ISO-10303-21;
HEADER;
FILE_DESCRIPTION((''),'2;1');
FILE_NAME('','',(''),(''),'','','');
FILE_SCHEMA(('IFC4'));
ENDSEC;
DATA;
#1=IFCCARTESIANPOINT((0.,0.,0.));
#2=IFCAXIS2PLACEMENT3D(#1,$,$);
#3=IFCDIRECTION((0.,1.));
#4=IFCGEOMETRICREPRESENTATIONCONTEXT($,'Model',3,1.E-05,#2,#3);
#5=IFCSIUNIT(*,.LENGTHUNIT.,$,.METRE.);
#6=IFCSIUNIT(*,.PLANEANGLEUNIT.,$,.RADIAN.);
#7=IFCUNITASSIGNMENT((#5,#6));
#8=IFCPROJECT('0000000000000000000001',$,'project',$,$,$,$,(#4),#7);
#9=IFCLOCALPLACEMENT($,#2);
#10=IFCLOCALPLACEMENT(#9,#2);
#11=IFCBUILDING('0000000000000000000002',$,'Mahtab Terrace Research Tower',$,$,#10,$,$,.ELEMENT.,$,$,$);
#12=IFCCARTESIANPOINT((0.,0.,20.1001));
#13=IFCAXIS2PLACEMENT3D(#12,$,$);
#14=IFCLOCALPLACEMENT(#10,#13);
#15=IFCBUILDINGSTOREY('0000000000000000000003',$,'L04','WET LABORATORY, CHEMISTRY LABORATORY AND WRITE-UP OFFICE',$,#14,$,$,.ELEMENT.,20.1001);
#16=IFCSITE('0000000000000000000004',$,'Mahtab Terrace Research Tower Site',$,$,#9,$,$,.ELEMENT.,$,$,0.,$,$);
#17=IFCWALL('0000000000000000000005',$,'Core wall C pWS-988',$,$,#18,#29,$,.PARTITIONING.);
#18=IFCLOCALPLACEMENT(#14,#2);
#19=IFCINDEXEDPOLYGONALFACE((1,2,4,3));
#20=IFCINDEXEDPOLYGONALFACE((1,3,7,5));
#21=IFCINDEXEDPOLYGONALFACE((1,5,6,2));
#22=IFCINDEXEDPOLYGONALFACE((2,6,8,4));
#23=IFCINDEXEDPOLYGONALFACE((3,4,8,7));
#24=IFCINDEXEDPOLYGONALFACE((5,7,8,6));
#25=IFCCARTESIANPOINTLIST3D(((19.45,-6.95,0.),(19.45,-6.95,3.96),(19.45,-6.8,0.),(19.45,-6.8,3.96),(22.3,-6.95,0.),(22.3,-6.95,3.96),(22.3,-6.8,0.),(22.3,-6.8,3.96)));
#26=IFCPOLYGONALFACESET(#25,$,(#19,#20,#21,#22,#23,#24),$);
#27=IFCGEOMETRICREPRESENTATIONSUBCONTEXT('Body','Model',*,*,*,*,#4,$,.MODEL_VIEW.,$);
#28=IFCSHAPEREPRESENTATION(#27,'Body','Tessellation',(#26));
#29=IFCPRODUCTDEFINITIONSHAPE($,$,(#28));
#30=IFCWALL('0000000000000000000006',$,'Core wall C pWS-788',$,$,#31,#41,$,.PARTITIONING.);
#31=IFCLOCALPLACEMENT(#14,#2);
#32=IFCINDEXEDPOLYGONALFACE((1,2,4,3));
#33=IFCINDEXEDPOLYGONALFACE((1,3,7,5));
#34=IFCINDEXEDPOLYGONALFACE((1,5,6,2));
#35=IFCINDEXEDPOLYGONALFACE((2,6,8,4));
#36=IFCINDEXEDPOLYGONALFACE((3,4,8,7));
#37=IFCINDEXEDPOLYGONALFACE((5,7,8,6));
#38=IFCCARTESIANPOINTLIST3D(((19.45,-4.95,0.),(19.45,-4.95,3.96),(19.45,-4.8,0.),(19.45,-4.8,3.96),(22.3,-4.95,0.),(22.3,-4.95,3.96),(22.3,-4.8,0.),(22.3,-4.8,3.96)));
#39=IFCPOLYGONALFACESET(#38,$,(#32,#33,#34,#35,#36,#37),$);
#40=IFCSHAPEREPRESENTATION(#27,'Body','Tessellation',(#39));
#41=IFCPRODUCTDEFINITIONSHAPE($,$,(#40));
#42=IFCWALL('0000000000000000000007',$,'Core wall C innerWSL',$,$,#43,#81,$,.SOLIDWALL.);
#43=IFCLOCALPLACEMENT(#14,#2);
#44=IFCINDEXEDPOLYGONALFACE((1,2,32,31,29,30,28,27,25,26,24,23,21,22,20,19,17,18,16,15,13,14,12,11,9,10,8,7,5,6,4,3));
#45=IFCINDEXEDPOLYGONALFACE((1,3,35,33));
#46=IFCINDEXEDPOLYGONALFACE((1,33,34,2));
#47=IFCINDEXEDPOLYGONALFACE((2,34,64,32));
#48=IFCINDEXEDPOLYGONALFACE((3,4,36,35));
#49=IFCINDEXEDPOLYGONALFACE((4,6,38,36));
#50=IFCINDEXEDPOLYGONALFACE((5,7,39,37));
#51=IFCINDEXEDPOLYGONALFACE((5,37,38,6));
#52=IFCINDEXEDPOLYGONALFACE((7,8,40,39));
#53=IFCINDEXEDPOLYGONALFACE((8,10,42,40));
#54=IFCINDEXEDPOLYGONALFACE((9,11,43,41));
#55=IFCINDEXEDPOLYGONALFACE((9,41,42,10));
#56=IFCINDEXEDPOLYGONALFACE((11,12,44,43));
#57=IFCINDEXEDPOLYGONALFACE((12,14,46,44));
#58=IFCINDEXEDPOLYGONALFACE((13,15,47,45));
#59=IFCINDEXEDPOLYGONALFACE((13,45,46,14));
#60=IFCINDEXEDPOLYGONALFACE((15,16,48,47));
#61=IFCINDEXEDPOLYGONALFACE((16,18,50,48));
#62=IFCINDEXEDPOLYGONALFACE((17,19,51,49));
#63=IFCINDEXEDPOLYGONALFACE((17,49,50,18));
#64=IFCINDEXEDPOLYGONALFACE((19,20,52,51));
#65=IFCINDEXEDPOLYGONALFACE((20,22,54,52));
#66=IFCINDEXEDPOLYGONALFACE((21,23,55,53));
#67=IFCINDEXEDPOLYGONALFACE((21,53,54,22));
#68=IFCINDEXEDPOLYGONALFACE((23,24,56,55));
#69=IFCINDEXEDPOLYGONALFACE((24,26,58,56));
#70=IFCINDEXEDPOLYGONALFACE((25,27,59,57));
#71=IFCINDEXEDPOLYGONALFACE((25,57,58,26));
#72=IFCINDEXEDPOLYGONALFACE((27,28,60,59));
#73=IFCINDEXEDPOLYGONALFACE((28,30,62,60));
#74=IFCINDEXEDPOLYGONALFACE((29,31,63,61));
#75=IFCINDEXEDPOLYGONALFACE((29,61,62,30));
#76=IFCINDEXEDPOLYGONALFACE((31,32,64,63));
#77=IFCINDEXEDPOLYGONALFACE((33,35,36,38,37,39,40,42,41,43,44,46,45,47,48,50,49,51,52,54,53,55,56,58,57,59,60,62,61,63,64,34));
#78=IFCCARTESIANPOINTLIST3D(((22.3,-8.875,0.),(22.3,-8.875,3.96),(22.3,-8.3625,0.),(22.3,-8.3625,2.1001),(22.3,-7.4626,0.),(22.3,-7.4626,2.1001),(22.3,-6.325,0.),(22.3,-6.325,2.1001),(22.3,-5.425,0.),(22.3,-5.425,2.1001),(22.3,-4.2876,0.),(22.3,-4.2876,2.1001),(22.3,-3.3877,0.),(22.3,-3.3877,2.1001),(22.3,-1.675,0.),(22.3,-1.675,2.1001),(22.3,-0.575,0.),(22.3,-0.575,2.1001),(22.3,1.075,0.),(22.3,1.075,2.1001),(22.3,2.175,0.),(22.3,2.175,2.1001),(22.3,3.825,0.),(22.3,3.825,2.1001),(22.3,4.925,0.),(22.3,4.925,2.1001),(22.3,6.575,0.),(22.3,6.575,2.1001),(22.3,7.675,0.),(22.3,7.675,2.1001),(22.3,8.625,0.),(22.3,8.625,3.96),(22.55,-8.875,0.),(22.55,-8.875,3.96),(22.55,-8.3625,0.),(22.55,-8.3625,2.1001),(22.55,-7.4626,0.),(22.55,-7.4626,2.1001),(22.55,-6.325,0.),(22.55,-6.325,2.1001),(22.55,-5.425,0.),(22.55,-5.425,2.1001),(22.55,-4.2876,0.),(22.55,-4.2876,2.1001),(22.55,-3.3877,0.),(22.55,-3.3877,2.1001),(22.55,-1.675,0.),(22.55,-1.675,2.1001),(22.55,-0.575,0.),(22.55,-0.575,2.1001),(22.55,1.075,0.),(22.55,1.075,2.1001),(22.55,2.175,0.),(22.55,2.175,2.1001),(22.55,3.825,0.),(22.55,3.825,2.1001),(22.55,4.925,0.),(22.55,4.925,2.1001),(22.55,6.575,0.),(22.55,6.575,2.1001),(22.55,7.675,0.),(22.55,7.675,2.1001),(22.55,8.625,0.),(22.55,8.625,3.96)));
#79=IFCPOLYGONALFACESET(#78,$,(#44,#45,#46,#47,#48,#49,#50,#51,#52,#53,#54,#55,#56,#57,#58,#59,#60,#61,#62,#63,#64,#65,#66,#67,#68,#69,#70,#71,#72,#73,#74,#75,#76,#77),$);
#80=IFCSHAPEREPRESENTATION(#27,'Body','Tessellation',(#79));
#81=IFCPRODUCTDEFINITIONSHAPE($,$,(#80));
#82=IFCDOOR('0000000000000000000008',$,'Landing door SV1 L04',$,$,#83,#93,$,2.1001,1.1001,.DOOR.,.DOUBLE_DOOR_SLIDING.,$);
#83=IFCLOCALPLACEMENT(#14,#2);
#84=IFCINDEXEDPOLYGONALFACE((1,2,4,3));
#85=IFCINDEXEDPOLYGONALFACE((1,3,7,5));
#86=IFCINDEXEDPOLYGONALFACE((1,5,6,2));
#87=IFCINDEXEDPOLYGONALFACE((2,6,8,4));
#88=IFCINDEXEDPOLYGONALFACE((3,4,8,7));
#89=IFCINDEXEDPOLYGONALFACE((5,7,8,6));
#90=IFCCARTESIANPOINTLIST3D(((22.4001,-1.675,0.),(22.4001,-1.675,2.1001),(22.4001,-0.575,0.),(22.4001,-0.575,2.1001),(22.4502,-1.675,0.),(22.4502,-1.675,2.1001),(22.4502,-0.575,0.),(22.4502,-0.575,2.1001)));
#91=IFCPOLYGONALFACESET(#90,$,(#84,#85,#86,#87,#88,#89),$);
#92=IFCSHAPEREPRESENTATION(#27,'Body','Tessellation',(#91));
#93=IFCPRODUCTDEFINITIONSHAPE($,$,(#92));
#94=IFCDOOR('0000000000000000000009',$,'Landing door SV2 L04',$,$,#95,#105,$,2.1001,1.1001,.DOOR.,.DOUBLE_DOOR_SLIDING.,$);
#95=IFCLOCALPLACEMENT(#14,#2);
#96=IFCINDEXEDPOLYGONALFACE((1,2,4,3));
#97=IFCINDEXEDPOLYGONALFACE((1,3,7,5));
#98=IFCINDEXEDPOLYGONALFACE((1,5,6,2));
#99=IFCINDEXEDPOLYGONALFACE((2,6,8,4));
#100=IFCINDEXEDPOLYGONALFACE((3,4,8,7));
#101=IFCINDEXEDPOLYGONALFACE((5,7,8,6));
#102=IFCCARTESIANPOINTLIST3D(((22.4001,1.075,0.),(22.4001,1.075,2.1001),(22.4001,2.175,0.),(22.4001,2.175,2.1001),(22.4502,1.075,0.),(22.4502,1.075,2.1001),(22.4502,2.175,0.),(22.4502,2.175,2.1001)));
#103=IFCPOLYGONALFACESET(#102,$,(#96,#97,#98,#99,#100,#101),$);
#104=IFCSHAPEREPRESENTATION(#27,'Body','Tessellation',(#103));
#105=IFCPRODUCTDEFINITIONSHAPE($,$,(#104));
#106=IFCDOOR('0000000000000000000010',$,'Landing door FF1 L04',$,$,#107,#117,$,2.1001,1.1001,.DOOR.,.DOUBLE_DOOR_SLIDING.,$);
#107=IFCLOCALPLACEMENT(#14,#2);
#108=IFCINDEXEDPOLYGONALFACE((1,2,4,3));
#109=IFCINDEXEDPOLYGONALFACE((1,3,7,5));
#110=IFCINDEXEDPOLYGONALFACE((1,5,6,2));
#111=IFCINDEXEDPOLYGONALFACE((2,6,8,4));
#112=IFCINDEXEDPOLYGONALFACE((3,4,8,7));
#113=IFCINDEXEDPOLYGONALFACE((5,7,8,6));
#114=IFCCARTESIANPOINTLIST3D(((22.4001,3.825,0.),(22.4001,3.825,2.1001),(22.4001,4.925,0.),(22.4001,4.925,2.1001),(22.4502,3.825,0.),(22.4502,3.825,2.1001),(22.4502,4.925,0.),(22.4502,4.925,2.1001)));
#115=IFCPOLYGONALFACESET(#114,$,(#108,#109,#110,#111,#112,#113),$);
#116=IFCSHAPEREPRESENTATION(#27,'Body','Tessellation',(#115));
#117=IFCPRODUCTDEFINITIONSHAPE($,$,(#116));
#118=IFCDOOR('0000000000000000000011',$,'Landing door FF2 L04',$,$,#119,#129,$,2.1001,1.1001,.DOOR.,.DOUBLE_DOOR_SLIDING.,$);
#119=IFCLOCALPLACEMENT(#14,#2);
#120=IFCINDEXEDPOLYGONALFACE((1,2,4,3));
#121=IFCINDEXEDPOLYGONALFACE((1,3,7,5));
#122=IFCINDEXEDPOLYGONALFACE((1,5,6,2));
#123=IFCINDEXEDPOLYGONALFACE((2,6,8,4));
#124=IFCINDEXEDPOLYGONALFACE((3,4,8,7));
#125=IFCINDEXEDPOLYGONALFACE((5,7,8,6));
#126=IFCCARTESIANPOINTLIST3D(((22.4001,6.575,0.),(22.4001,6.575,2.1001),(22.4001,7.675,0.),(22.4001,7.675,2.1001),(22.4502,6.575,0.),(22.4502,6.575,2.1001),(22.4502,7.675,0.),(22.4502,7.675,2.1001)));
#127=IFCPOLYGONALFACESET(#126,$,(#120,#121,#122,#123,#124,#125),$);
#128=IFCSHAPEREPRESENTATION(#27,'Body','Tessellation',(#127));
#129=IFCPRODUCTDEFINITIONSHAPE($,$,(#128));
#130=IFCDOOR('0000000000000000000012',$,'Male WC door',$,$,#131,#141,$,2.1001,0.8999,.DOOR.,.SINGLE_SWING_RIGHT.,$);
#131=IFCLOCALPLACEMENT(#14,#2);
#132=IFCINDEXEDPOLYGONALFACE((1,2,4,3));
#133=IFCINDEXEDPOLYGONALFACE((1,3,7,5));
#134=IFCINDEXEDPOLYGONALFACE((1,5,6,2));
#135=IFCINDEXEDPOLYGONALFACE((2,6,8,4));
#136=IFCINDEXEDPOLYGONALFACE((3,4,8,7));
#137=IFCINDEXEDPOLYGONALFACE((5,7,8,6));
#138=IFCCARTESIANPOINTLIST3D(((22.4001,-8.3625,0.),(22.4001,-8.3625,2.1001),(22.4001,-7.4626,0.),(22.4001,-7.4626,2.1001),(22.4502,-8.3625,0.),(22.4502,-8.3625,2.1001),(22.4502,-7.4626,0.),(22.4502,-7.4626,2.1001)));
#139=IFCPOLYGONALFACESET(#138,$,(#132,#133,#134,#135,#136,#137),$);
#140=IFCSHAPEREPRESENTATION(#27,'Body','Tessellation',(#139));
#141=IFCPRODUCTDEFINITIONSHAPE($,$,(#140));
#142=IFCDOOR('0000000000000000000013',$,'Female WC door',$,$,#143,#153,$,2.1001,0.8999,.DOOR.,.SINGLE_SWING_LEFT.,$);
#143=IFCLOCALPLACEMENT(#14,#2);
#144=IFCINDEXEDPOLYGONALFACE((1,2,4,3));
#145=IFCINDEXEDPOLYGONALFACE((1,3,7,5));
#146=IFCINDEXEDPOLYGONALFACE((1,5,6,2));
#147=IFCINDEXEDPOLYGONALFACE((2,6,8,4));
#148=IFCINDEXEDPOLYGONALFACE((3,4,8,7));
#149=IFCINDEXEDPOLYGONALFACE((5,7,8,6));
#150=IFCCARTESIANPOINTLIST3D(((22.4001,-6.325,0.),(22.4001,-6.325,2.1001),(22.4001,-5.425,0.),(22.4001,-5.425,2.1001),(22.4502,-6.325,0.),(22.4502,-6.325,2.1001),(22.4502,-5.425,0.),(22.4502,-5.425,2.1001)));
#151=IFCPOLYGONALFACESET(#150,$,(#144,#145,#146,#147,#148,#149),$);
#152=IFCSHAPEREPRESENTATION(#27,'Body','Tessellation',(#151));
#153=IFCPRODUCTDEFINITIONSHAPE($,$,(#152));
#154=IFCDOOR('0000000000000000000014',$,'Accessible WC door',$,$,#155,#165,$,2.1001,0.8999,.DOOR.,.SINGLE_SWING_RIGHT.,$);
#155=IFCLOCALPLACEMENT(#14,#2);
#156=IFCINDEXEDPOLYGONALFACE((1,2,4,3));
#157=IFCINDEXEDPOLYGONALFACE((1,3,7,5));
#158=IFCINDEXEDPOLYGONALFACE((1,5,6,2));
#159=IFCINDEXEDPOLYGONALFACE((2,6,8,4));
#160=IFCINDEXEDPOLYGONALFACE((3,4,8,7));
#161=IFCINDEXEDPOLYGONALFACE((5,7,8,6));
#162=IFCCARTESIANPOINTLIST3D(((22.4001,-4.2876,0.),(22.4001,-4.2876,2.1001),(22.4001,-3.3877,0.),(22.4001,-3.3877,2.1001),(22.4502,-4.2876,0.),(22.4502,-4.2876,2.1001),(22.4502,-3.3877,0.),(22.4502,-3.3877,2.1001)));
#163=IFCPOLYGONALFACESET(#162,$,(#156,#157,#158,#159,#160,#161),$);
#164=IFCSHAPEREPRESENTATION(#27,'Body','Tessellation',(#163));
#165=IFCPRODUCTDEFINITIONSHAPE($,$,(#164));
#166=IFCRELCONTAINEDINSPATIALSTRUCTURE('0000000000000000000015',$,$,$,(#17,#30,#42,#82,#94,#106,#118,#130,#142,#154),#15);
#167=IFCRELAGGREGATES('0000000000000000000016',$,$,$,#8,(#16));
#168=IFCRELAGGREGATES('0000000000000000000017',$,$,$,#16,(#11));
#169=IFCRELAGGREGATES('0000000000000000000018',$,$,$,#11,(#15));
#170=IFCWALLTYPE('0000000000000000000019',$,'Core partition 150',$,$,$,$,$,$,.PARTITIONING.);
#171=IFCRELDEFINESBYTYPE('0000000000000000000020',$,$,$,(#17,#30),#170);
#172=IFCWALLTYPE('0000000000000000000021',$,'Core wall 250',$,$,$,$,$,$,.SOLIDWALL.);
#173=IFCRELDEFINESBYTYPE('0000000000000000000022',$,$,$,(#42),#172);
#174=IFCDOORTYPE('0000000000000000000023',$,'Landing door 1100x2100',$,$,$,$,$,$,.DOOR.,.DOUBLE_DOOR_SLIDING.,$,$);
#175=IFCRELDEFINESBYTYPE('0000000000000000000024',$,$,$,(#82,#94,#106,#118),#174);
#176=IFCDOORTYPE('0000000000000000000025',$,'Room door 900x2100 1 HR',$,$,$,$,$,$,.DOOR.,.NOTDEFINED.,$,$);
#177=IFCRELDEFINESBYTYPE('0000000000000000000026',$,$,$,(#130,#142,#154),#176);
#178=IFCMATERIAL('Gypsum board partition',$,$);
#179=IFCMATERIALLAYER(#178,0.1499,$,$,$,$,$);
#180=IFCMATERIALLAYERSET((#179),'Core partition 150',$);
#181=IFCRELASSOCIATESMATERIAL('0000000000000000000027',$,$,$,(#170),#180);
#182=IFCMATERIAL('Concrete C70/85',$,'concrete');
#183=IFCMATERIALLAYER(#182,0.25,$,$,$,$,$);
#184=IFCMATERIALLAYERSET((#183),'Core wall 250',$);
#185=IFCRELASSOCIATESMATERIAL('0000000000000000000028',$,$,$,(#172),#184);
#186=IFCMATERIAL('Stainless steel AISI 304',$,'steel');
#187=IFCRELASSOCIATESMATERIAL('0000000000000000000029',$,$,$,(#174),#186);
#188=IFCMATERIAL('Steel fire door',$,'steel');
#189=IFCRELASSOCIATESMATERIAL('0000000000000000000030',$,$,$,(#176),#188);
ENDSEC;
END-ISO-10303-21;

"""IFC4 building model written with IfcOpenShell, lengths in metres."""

from ifc_helpers import new_model, si_unit, direction, frame, frame_2d, origin, place, context, subcontext, project, spatial, rectangle, extrude, material, layer, layer_set, type_object, element, fill, save


model = new_model("IFC4")

# Units and contexts
model_context = context("Model", 3, precision=1e-05, world=origin(), true_north=direction((0.0, 1.0)))
body_context = subcontext(model_context, "Body", "Model", "MODEL_VIEW")
ifc_project = project(units=[si_unit("LENGTHUNIT", "METRE"), si_unit("PLANEANGLEUNIT", "RADIAN")], contexts=[model_context])

# Site, building, storey
site_placement = place(None, origin())
site = spatial("IfcSite", under=ifc_project, at=site_placement, Name="Mahtab Terrace Research Tower Site", CompositionType="ELEMENT", RefElevation=0.0)
building_placement = place(site_placement, origin())
building = spatial("IfcBuilding", under=site, at=building_placement, Name="Mahtab Terrace Research Tower", CompositionType="ELEMENT")
storey_placement = place(building_placement, frame((0.0, 0.0, 20.1001)))
storey = spatial("IfcBuildingStorey", under=building, at=storey_placement, Name="L04", Description="WET LABORATORY, CHEMISTRY LABORATORY AND WRITE-UP OFFICE", CompositionType="ELEMENT", Elevation=20.1001)

# Walls
ifc_material_1 = material(Name="Gypsum board partition")
ifc_layer_1 = layer(ifc_material_1, 0.1499)
ifc_layer_set_1 = layer_set([ifc_layer_1], Name="Core partition 150")
wall_type_1 = type_object("IfcWallType", Name="Core partition 150", PredefinedType="PARTITIONING", material=ifc_layer_set_1)
for number, where, z_axis, x_axis, name in (
    (1, (19.45, -6.875, 0.0), (0.0, 0.0, 1.0), (1.0, 0.0, 0.0), "Core wall C pWS-988"),
    (2, (19.45, -4.875, 0.0), (0.0, 0.0, 1.0), (1.0, 0.0, 0.0), "Core wall C pWS-788"),
):
    element("IfcWall", number, at=place(storey_placement, frame(where, z_axis=z_axis, x_axis=x_axis)), inside=storey, type_object=wall_type_1, Name=name, PredefinedType="PARTITIONING", context=body_context, shape_type="SweptSolid", body=[
        extrude(rectangle(XDim=2.8501, YDim=0.1499, at=frame_2d((1.425, 0.0))), origin(), (0.0, 0.0, 1.0), 3.96),
    ])

# Wall, openings, doors
ifc_material_2 = material(Name="Concrete C70/85", Category="concrete")
ifc_layer_2 = layer(ifc_material_2, 0.25)
ifc_layer_set_2 = layer_set([ifc_layer_2], Name="Core wall 250")
wall_type_2 = type_object("IfcWallType", Name="Core wall 250", PredefinedType="SOLIDWALL", material=ifc_layer_set_2)
wall_1_placement = place(storey_placement, frame((22.425, -8.875, 0.0), z_axis=(0.0, 0.0, 1.0), x_axis=(0.0, 1.0, 0.0)))
wall_1 = element("IfcWall", 3, at=wall_1_placement, inside=storey, type_object=wall_type_2, Name="Core wall C innerWSL", PredefinedType="SOLIDWALL", context=body_context, shape_type="SweptSolid", body=[
    extrude(rectangle(XDim=17.5, YDim=0.25, at=frame_2d((8.75, 0.0))), origin(), (0.0, 0.0, 1.0), 3.96),
])
opening_1_placement = place(wall_1_placement, frame((7.2, 0.0, 0.0)))
opening_1 = element("IfcOpeningElement", 4, at=opening_1_placement, cuts=wall_1, PredefinedType="OPENING", context=body_context, shape_type="SweptSolid", body=[
    extrude(rectangle(XDim=1.1001, YDim=2.1001, at=frame_2d((0.55, 1.05))), frame((0.0, 0.135, 0.0), z_axis=(0.0, -1.0, 0.0), x_axis=(1.0, 0.0, 0.0)), (0.0, 0.0, 1.0), 0.27),
])
opening_2_placement = place(wall_1_placement, frame((9.95, 0.0, 0.0)))
opening_2 = element("IfcOpeningElement", 5, at=opening_2_placement, cuts=wall_1, PredefinedType="OPENING", context=body_context, shape_type="SweptSolid", body=[
    extrude(rectangle(XDim=1.1001, YDim=2.1001, at=frame_2d((0.55, 1.05))), frame((0.0, 0.135, 0.0), z_axis=(0.0, -1.0, 0.0), x_axis=(1.0, 0.0, 0.0)), (0.0, 0.0, 1.0), 0.27),
])
opening_3_placement = place(wall_1_placement, frame((12.7, 0.0, 0.0)))
opening_3 = element("IfcOpeningElement", 6, at=opening_3_placement, cuts=wall_1, PredefinedType="OPENING", context=body_context, shape_type="SweptSolid", body=[
    extrude(rectangle(XDim=1.1001, YDim=2.1001, at=frame_2d((0.55, 1.05))), frame((0.0, 0.135, 0.0), z_axis=(0.0, -1.0, 0.0), x_axis=(1.0, 0.0, 0.0)), (0.0, 0.0, 1.0), 0.27),
])
opening_4_placement = place(wall_1_placement, frame((15.45, 0.0, 0.0)))
opening_4 = element("IfcOpeningElement", 7, at=opening_4_placement, cuts=wall_1, PredefinedType="OPENING", context=body_context, shape_type="SweptSolid", body=[
    extrude(rectangle(XDim=1.1001, YDim=2.1001, at=frame_2d((0.55, 1.05))), frame((0.0, 0.135, 0.0), z_axis=(0.0, -1.0, 0.0), x_axis=(1.0, 0.0, 0.0)), (0.0, 0.0, 1.0), 0.27),
])
opening_5_placement = place(wall_1_placement, frame((0.5125, 0.0, 0.0)))
opening_5 = element("IfcOpeningElement", 8, at=opening_5_placement, cuts=wall_1, PredefinedType="OPENING", context=body_context, shape_type="SweptSolid", body=[
    extrude(rectangle(XDim=0.8999, YDim=2.1001, at=frame_2d((0.45, 1.05))), frame((0.0, 0.135, 0.0), z_axis=(0.0, -1.0, 0.0), x_axis=(1.0, 0.0, 0.0)), (0.0, 0.0, 1.0), 0.27),
])
opening_6_placement = place(wall_1_placement, frame((2.55, 0.0, 0.0)))
opening_6 = element("IfcOpeningElement", 9, at=opening_6_placement, cuts=wall_1, PredefinedType="OPENING", context=body_context, shape_type="SweptSolid", body=[
    extrude(rectangle(XDim=0.8999, YDim=2.1001, at=frame_2d((0.45, 1.05))), frame((0.0, 0.135, 0.0), z_axis=(0.0, -1.0, 0.0), x_axis=(1.0, 0.0, 0.0)), (0.0, 0.0, 1.0), 0.27),
])
opening_7_placement = place(wall_1_placement, frame((4.5874, 0.0, 0.0)))
opening_7 = element("IfcOpeningElement", 10, at=opening_7_placement, cuts=wall_1, PredefinedType="OPENING", context=body_context, shape_type="SweptSolid", body=[
    extrude(rectangle(XDim=0.8999, YDim=2.1001, at=frame_2d((0.45, 1.05))), frame((0.0, 0.135, 0.0), z_axis=(0.0, -1.0, 0.0), x_axis=(1.0, 0.0, 0.0)), (0.0, 0.0, 1.0), 0.27),
])
ifc_material_3 = material(Name="Stainless steel AISI 304", Category="steel")
door_type_1 = type_object("IfcDoorType", Name="Landing door 1100x2100", OperationType="DOUBLE_DOOR_SLIDING", PredefinedType="DOOR", material=ifc_material_3)
door_1_placement = place(opening_1_placement, origin())
door_1 = element("IfcDoor", 11, at=door_1_placement, inside=storey, type_object=door_type_1, Name="Landing door SV1 L04", OperationType="DOUBLE_DOOR_SLIDING", OverallHeight=2.1001, OverallWidth=1.1001, PredefinedType="DOOR", context=body_context, shape_type="SweptSolid", body=[
    extrude(rectangle(XDim=1.1001, YDim=2.1001, at=frame_2d((0.55, 1.05))), frame((0.0, 0.0249, 0.0), z_axis=(0.0, -1.0, 0.0), x_axis=(1.0, 0.0, 0.0)), (0.0, 0.0, 1.0), 0.05),
])
fill(opening_1, door_1)
door_2_placement = place(opening_2_placement, origin())
door_2 = element("IfcDoor", 12, at=door_2_placement, inside=storey, type_object=door_type_1, Name="Landing door SV2 L04", OperationType="DOUBLE_DOOR_SLIDING", OverallHeight=2.1001, OverallWidth=1.1001, PredefinedType="DOOR", context=body_context, shape_type="SweptSolid", body=[
    extrude(rectangle(XDim=1.1001, YDim=2.1001, at=frame_2d((0.55, 1.05))), frame((0.0, 0.0249, 0.0), z_axis=(0.0, -1.0, 0.0), x_axis=(1.0, 0.0, 0.0)), (0.0, 0.0, 1.0), 0.05),
])
fill(opening_2, door_2)
door_3_placement = place(opening_3_placement, origin())
door_3 = element("IfcDoor", 13, at=door_3_placement, inside=storey, type_object=door_type_1, Name="Landing door FF1 L04", OperationType="DOUBLE_DOOR_SLIDING", OverallHeight=2.1001, OverallWidth=1.1001, PredefinedType="DOOR", context=body_context, shape_type="SweptSolid", body=[
    extrude(rectangle(XDim=1.1001, YDim=2.1001, at=frame_2d((0.55, 1.05))), frame((0.0, 0.0249, 0.0), z_axis=(0.0, -1.0, 0.0), x_axis=(1.0, 0.0, 0.0)), (0.0, 0.0, 1.0), 0.05),
])
fill(opening_3, door_3)
door_4_placement = place(opening_4_placement, origin())
door_4 = element("IfcDoor", 14, at=door_4_placement, inside=storey, type_object=door_type_1, Name="Landing door FF2 L04", OperationType="DOUBLE_DOOR_SLIDING", OverallHeight=2.1001, OverallWidth=1.1001, PredefinedType="DOOR", context=body_context, shape_type="SweptSolid", body=[
    extrude(rectangle(XDim=1.1001, YDim=2.1001, at=frame_2d((0.55, 1.05))), frame((0.0, 0.0249, 0.0), z_axis=(0.0, -1.0, 0.0), x_axis=(1.0, 0.0, 0.0)), (0.0, 0.0, 1.0), 0.05),
])
fill(opening_4, door_4)
ifc_material_4 = material(Name="Steel fire door", Category="steel")
door_type_2 = type_object("IfcDoorType", Name="Room door 900x2100 1 HR", OperationType="NOTDEFINED", PredefinedType="DOOR", material=ifc_material_4)
door_5_placement = place(opening_5_placement, origin())
door_5 = element("IfcDoor", 15, at=door_5_placement, inside=storey, type_object=door_type_2, Name="Male WC door", OperationType="SINGLE_SWING_RIGHT", OverallHeight=2.1001, OverallWidth=0.8999, PredefinedType="DOOR", context=body_context, shape_type="SweptSolid", body=[
    extrude(rectangle(XDim=0.8999, YDim=2.1001, at=frame_2d((0.45, 1.05))), frame((0.0, 0.0249, 0.0), z_axis=(0.0, -1.0, 0.0), x_axis=(1.0, 0.0, 0.0)), (0.0, 0.0, 1.0), 0.05),
])
fill(opening_5, door_5)
door_6_placement = place(opening_6_placement, origin())
door_6 = element("IfcDoor", 16, at=door_6_placement, inside=storey, type_object=door_type_2, Name="Female WC door", OperationType="SINGLE_SWING_LEFT", OverallHeight=2.1001, OverallWidth=0.8999, PredefinedType="DOOR", context=body_context, shape_type="SweptSolid", body=[
    extrude(rectangle(XDim=0.8999, YDim=2.1001, at=frame_2d((0.45, 1.05))), frame((0.0, 0.0249, 0.0), z_axis=(0.0, -1.0, 0.0), x_axis=(1.0, 0.0, 0.0)), (0.0, 0.0, 1.0), 0.05),
])
fill(opening_6, door_6)
door_7_placement = place(opening_7_placement, origin())
door_7 = element("IfcDoor", 17, at=door_7_placement, inside=storey, type_object=door_type_2, Name="Accessible WC door", OperationType="SINGLE_SWING_RIGHT", OverallHeight=2.1001, OverallWidth=0.8999, PredefinedType="DOOR", context=body_context, shape_type="SweptSolid", body=[
    extrude(rectangle(XDim=0.8999, YDim=2.1001, at=frame_2d((0.45, 1.05))), frame((0.0, 0.0249, 0.0), z_axis=(0.0, -1.0, 0.0), x_axis=(1.0, 0.0, 0.0)), (0.0, 0.0, 1.0), 0.05),
])
fill(opening_7, door_7)

save(model, "model.ifc")
